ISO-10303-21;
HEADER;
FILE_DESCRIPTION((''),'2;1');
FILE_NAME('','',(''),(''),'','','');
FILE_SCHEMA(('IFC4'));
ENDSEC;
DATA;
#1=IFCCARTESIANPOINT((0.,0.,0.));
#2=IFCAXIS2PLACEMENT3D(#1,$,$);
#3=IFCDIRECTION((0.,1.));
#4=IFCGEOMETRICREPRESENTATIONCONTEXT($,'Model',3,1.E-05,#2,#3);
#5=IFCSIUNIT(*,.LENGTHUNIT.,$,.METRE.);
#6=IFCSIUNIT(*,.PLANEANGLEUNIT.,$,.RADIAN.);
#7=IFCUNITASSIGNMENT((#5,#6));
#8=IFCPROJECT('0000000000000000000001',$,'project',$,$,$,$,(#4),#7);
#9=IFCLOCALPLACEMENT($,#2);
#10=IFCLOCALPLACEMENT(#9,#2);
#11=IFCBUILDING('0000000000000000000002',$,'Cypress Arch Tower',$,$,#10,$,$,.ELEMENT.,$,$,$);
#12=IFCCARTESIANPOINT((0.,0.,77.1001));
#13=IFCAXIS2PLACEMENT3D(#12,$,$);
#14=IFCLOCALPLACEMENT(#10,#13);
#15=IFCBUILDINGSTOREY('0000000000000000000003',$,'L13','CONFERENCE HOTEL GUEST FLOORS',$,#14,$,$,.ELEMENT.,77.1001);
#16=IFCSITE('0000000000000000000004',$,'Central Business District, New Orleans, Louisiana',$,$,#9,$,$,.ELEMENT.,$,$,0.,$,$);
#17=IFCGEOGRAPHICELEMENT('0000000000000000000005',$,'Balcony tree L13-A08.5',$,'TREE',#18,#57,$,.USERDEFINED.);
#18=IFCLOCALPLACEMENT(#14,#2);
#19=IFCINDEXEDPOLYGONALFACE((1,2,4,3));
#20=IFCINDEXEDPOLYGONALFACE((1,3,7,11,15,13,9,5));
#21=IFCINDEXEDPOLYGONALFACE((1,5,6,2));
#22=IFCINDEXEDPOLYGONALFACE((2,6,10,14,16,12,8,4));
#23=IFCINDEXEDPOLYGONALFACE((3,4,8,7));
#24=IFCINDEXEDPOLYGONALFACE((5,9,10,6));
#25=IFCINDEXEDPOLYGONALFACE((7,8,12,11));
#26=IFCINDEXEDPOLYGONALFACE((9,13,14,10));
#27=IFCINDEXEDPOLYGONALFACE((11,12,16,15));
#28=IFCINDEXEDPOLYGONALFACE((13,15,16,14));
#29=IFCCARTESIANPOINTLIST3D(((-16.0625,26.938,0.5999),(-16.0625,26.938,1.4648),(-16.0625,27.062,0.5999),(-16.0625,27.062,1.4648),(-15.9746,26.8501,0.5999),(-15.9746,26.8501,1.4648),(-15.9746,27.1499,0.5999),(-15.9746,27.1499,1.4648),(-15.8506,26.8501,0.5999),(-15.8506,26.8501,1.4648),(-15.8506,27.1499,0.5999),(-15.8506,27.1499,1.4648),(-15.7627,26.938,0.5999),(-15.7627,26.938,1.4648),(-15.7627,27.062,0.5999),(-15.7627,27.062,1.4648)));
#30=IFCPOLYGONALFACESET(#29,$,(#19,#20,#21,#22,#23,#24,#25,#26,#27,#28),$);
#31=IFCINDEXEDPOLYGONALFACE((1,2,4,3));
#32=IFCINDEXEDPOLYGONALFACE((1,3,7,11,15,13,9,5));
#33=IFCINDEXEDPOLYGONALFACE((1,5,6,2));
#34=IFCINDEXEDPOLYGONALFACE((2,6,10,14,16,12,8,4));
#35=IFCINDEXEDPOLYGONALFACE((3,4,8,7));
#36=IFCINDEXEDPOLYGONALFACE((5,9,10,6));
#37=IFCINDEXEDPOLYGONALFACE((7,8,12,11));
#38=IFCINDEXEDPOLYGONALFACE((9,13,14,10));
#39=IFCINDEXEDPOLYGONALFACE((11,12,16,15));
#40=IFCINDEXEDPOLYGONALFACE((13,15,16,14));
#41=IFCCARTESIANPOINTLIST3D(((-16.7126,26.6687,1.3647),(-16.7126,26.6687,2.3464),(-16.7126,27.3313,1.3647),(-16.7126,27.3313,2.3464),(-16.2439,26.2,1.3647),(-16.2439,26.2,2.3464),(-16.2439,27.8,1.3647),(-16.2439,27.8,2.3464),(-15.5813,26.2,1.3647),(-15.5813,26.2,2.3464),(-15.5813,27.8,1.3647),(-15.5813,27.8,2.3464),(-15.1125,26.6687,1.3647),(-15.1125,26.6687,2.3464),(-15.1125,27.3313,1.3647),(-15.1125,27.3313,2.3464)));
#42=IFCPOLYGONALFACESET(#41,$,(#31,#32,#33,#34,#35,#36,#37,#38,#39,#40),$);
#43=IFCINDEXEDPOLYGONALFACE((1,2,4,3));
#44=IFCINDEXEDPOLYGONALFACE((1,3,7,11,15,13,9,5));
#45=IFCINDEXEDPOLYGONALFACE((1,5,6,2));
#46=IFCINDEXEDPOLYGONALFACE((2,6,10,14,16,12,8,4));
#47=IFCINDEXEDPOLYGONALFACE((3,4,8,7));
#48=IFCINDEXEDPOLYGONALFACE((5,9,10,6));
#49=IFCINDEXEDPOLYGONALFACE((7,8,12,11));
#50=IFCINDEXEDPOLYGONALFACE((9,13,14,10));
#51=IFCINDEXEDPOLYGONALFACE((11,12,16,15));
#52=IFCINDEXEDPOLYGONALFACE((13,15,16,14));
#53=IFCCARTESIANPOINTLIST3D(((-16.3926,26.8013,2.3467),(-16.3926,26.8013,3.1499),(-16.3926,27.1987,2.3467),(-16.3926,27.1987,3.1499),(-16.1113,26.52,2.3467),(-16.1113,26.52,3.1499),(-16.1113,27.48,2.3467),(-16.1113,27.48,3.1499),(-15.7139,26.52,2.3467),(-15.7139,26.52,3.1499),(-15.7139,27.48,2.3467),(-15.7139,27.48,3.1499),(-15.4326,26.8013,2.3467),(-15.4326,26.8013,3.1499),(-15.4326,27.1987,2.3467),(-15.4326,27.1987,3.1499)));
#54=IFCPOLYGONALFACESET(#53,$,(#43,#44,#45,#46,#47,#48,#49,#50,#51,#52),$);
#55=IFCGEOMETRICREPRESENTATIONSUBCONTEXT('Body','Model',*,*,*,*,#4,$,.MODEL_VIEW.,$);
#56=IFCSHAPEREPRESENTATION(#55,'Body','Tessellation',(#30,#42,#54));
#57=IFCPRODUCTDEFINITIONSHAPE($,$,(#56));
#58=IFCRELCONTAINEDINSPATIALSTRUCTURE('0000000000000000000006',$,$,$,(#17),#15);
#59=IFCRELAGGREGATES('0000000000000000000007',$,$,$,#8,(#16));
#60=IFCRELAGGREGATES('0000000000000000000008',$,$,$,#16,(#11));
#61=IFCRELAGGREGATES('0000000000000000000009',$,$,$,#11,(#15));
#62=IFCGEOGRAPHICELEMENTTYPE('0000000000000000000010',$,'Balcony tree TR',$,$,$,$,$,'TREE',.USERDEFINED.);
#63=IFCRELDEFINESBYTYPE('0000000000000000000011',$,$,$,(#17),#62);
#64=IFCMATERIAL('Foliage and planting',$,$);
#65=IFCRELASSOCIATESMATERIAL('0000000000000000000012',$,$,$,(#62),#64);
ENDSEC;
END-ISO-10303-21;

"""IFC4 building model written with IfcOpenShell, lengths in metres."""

from ifc_helpers import new_model, si_unit, direction, frame, origin, place, context, subcontext, project, spatial, polyline, outline, extrude, material, type_object, element, save


model = new_model("IFC4")

# Units and contexts
model_context = context("Model", 3, precision=1e-05, world=origin(), true_north=direction((0.0, 1.0)))
body_context = subcontext(model_context, "Body", "Model", "MODEL_VIEW")
ifc_project = project(units=[si_unit("LENGTHUNIT", "METRE"), si_unit("PLANEANGLEUNIT", "RADIAN")], contexts=[model_context])

# Site, building, storey
site_placement = place(None, origin())
site = spatial("IfcSite", under=ifc_project, at=site_placement, Name="Central Business District, New Orleans, Louisiana", CompositionType="ELEMENT", RefElevation=0.0)
building_placement = place(site_placement, origin())
building = spatial("IfcBuilding", under=site, at=building_placement, Name="Cypress Arch Tower", CompositionType="ELEMENT")
storey_placement = place(building_placement, frame((0.0, 0.0, 77.1001)))
storey = spatial("IfcBuildingStorey", under=building, at=storey_placement, Name="L13", Description="CONFERENCE HOTEL GUEST FLOORS", CompositionType="ELEMENT", Elevation=77.1001)

# Geographic element
ifc_material_1 = material(Name="Foliage and planting")
geographic_element_type = type_object("IfcGeographicElementType", Name="Balcony tree TR", ElementType="TREE", PredefinedType="USERDEFINED", material=ifc_material_1)
geographic_element_placement = place(storey_placement, frame((-15.9126, 27.0, 0.5999), z_axis=(0.0, 0.0, 1.0), x_axis=(1.0, 0.0, 0.0)))
element("IfcGeographicElement", 1, at=geographic_element_placement, inside=storey, type_object=geographic_element_type, Name="Balcony tree L13-A08.5", ObjectType="TREE", PredefinedType="USERDEFINED", context=body_context, shape_type="SweptSolid", body=[
    extrude(outline(polyline([(0.1499, 0.062), (0.062, 0.1499), (-0.062, 0.1499), (-0.1499, 0.062), (-0.1499, -0.062), (-0.062, -0.1499), (0.062, -0.1499), (0.1499, -0.062), (0.1499, 0.062)])), origin(), (0.0, 0.0, 1.0), 0.865),
    extrude(outline(polyline([(0.8, 0.3313), (0.3313, 0.8), (-0.3313, 0.8), (-0.8, 0.3313), (-0.8, -0.3313), (-0.3313, -0.8), (0.3313, -0.8), (0.8, -0.3313), (0.8, 0.3313)])), frame((0.0, 0.0, 0.7649)), (0.0, 0.0, 1.0), 0.9817),
    extrude(outline(polyline([(0.48, 0.1987), (0.1987, 0.48), (-0.1987, 0.48), (-0.48, 0.1987), (-0.48, -0.1987), (-0.1987, -0.48), (0.1987, -0.48), (0.48, -0.1987), (0.48, 0.1987)])), frame((0.0, 0.0, 1.7468)), (0.0, 0.0, 1.0), 0.8032),
])

save(model, "model.ifc")
